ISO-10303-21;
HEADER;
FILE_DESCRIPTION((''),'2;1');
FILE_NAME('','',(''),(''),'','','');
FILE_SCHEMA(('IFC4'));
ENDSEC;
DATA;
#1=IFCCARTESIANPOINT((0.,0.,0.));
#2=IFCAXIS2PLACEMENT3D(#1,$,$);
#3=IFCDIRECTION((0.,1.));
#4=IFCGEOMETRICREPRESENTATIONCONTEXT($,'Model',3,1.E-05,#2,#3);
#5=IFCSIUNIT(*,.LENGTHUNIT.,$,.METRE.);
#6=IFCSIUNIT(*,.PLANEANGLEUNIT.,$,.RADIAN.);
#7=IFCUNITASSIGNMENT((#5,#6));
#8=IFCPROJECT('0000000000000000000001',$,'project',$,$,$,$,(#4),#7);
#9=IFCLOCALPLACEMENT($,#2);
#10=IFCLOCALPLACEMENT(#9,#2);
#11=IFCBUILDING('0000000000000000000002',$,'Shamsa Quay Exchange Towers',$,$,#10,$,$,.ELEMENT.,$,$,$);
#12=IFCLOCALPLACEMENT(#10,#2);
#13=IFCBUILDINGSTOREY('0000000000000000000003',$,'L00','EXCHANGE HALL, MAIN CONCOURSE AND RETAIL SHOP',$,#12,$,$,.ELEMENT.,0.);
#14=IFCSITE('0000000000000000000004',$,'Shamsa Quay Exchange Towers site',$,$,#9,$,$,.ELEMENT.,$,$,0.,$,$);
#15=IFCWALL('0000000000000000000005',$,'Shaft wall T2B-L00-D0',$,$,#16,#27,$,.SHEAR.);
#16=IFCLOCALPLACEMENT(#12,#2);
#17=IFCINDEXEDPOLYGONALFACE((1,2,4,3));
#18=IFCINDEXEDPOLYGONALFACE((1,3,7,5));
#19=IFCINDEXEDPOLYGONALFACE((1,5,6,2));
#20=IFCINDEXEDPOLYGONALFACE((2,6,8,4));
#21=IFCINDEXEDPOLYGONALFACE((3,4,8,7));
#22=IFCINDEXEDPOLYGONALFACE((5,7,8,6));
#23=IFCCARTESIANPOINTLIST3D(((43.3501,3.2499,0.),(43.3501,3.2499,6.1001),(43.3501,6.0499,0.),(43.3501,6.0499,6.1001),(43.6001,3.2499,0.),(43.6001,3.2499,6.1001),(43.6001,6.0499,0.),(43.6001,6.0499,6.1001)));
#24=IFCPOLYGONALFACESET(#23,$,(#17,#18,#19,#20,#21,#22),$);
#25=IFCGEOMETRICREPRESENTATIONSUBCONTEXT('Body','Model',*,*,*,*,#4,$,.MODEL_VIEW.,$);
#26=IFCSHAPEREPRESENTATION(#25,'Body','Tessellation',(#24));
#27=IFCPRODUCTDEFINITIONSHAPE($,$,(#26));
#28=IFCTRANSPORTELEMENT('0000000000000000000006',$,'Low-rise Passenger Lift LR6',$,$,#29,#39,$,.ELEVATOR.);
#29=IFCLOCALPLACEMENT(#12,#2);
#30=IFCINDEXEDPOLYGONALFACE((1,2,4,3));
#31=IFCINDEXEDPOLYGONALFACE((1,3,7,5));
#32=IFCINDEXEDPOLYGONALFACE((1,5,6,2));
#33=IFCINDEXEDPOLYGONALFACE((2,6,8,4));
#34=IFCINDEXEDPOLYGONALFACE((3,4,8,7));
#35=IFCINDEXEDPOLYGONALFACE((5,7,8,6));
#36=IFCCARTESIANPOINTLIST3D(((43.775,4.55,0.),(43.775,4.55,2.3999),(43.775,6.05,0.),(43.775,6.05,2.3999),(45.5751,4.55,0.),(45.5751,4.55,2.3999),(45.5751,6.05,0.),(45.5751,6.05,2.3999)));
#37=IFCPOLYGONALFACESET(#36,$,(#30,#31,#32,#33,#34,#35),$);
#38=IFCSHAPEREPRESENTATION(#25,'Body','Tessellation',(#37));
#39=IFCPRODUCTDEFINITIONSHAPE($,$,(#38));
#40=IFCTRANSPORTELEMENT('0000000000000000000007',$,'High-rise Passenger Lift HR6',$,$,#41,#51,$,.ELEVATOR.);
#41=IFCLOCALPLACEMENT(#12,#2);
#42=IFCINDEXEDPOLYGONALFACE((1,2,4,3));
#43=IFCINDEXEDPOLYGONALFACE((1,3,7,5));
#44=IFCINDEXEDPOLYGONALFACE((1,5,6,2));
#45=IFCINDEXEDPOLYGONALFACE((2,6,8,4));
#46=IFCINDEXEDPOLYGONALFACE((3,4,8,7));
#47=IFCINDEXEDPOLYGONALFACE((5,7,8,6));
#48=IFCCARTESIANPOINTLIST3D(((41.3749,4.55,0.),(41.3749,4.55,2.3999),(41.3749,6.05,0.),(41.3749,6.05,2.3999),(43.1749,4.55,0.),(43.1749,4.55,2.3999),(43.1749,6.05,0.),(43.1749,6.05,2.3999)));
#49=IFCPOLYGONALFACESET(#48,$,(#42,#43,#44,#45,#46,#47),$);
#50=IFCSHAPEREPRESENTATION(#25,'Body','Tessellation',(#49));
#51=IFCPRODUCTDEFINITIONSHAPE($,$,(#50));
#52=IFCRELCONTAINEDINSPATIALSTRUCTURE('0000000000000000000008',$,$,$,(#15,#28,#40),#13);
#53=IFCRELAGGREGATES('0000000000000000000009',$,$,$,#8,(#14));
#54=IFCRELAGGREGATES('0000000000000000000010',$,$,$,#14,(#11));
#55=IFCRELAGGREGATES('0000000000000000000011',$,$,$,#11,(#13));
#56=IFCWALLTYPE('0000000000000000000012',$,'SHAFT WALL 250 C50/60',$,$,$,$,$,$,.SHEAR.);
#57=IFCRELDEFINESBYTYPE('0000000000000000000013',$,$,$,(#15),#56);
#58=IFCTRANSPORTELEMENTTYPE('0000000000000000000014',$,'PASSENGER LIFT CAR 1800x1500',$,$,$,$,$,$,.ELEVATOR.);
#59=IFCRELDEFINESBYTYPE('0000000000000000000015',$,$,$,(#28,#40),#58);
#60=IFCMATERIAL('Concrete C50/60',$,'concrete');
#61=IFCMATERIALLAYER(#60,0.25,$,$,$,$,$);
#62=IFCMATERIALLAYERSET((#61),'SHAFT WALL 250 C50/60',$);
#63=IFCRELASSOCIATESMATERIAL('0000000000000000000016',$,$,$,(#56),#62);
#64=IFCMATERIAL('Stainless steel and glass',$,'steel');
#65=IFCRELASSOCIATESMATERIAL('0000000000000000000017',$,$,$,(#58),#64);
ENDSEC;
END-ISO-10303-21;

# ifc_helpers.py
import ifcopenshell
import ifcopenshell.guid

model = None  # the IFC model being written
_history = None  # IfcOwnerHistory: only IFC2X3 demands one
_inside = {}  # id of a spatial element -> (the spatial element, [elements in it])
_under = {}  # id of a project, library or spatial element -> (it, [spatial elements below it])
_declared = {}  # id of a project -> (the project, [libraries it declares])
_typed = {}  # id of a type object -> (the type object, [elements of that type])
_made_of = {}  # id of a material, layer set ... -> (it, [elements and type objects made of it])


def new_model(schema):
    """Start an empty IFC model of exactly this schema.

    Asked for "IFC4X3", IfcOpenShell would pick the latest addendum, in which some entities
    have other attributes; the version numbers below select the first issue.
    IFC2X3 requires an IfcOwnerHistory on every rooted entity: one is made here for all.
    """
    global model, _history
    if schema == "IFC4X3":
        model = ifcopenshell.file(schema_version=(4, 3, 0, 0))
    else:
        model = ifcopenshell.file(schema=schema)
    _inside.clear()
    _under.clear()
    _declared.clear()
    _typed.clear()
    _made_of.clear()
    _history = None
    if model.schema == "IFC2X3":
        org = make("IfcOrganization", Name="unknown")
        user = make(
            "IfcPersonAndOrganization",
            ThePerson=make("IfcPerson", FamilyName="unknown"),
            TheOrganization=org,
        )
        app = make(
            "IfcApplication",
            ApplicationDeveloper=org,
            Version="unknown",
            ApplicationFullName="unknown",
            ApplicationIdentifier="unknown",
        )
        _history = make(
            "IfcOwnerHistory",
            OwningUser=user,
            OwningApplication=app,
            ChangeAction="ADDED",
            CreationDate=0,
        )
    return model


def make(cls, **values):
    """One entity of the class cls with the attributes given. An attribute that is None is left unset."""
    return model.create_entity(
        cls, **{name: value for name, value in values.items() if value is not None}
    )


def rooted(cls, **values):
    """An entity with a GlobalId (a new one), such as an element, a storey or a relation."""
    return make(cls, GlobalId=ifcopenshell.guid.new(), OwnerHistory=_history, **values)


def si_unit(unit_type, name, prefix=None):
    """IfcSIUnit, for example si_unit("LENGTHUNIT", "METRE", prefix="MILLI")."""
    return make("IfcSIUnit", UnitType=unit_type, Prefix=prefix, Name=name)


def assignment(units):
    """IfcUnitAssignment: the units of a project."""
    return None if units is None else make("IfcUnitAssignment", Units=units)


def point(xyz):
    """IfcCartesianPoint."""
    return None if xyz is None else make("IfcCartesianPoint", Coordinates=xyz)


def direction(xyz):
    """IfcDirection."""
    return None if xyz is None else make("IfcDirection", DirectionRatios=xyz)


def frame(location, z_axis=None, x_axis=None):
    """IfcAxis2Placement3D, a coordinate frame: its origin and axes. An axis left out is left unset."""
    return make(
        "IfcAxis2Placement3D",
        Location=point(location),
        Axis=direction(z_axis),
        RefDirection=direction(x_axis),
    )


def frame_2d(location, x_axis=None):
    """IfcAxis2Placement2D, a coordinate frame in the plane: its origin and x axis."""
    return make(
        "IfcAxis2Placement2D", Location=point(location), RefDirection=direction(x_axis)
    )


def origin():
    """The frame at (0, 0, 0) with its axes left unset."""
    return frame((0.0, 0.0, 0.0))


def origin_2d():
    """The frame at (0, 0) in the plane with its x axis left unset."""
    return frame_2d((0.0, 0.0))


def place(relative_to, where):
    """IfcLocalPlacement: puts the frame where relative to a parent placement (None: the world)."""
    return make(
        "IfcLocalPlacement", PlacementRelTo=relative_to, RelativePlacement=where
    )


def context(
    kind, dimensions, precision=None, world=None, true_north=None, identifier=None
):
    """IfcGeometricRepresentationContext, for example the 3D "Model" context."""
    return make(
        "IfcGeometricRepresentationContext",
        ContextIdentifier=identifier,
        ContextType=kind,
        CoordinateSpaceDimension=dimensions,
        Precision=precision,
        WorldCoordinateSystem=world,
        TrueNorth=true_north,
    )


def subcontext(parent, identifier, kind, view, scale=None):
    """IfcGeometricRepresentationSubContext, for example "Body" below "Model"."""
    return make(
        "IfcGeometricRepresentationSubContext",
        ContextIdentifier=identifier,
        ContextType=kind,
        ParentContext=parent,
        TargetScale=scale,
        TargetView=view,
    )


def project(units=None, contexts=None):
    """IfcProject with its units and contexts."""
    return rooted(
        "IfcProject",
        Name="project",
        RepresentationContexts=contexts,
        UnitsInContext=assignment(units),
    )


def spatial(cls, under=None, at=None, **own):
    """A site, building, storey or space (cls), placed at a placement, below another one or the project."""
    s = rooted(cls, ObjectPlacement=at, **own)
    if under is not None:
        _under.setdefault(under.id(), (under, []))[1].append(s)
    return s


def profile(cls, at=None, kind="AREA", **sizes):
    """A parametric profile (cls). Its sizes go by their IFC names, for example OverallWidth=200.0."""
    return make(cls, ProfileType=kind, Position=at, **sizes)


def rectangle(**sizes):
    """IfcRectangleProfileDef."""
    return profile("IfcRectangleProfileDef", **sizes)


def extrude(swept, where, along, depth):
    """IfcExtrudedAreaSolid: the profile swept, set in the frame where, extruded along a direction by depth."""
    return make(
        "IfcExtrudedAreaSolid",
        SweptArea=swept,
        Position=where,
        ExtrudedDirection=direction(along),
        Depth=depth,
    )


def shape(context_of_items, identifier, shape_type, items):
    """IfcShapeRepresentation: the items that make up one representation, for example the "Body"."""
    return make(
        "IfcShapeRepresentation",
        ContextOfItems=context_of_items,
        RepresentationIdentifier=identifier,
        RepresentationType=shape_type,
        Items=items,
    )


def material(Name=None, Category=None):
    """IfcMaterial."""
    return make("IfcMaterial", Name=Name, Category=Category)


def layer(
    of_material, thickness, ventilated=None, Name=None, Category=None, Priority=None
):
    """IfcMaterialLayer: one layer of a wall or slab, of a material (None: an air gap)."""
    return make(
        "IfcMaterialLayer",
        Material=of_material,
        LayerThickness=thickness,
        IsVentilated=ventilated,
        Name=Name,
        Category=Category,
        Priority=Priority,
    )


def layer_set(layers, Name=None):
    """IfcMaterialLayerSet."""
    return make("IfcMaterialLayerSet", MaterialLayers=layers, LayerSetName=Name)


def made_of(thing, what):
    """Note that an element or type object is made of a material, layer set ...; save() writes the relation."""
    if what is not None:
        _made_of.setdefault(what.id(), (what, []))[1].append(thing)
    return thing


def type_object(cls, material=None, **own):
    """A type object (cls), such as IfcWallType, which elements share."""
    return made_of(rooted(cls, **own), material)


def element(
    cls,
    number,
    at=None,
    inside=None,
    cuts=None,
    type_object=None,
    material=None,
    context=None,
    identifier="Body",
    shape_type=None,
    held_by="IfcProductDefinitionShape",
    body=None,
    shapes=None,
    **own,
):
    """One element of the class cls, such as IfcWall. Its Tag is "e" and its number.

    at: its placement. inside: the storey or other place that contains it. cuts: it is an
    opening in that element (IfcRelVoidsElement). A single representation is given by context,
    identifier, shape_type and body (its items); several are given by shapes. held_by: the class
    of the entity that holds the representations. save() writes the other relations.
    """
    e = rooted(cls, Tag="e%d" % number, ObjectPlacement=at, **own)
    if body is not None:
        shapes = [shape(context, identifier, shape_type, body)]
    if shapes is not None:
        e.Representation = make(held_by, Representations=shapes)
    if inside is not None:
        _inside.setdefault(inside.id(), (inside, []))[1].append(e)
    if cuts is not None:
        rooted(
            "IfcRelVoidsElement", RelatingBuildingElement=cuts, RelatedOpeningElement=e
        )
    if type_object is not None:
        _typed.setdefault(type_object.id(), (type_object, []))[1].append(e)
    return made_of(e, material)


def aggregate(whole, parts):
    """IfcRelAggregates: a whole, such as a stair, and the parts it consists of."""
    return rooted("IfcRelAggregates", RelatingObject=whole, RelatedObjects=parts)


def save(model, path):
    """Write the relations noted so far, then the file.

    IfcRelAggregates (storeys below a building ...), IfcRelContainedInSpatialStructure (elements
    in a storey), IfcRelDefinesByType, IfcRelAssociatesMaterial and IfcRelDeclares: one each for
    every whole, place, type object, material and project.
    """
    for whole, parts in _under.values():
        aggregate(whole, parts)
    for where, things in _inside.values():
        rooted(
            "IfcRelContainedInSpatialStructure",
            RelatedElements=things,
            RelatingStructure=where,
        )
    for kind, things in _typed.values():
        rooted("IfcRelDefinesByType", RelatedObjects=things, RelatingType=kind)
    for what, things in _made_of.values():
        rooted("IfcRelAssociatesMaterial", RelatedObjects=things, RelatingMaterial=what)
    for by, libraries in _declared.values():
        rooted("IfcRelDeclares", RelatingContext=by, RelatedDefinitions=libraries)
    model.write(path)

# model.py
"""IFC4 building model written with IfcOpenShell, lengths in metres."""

from ifc_helpers import new_model, si_unit, direction, frame, frame_2d, origin, origin_2d, place, context, subcontext, project, spatial, rectangle, extrude, material, layer, layer_set, type_object, element, save


model = new_model("IFC4")

# Units and contexts
model_context = context("Model", 3, precision=1e-05, world=origin(), true_north=direction((0.0, 1.0)))
body_context = subcontext(model_context, "Body", "Model", "MODEL_VIEW")
ifc_project = project(units=[si_unit("LENGTHUNIT", "METRE"), si_unit("PLANEANGLEUNIT", "RADIAN")], contexts=[model_context])

# Site, building, storey
site_placement = place(None, origin())
site = spatial("IfcSite", under=ifc_project, at=site_placement, Name="Shamsa Quay Exchange Towers site", CompositionType="ELEMENT", RefElevation=0.0)
building_placement = place(site_placement, origin())
building = spatial("IfcBuilding", under=site, at=building_placement, Name="Shamsa Quay Exchange Towers", CompositionType="ELEMENT")
storey_placement = place(building_placement, origin())
storey = spatial("IfcBuildingStorey", under=building, at=storey_placement, Name="L00", Description="EXCHANGE HALL, MAIN CONCOURSE AND RETAIL SHOP", CompositionType="ELEMENT", Elevation=0.0)

# Wall
ifc_material_1 = material(Name="Concrete C50/60", Category="concrete")
ifc_layer_1 = layer(ifc_material_1, 0.25)
ifc_layer_set_1 = layer_set([ifc_layer_1], Name="SHAFT WALL 250 C50/60")
wall_type_1 = type_object("IfcWallType", Name="SHAFT WALL 250 C50/60", PredefinedType="SHEAR", material=ifc_layer_set_1)
wall_1_placement = place(storey_placement, frame((43.4751, 3.25, 0.0), z_axis=(0.0, 0.0, 1.0), x_axis=(0.0, 1.0, 0.0)))
element("IfcWall", 1, at=wall_1_placement, inside=storey, type_object=wall_type_1, Name="Shaft wall T2B-L00-D0", PredefinedType="SHEAR", context=body_context, shape_type="SweptSolid", body=[
    extrude(rectangle(XDim=2.8, YDim=0.25, at=frame_2d((1.3999, 0.0))), origin(), (0.0, 0.0, 1.0), 6.1001),
])

# Transport elements
ifc_material_2 = material(Name="Stainless steel and glass", Category="steel")
transport_element_type = type_object("IfcTransportElementType", Name="PASSENGER LIFT CAR 1800x1500", PredefinedType="ELEVATOR", material=ifc_material_2)
for number, where, name in (
    (2, (44.675, 5.3, 0.0), "Low-rise Passenger Lift LR6"),
    (3, (42.2749, 5.3, 0.0), "High-rise Passenger Lift HR6"),
):
    element("IfcTransportElement", number, at=place(storey_placement, frame(where)), inside=storey, type_object=transport_element_type, Name=name, PredefinedType="ELEVATOR", context=body_context, shape_type="SweptSolid", body=[
        extrude(rectangle(XDim=1.8, YDim=1.5, at=origin_2d()), origin(), (0.0, 0.0, 1.0), 2.3999),
    ])

save(model, "model.ifc")
